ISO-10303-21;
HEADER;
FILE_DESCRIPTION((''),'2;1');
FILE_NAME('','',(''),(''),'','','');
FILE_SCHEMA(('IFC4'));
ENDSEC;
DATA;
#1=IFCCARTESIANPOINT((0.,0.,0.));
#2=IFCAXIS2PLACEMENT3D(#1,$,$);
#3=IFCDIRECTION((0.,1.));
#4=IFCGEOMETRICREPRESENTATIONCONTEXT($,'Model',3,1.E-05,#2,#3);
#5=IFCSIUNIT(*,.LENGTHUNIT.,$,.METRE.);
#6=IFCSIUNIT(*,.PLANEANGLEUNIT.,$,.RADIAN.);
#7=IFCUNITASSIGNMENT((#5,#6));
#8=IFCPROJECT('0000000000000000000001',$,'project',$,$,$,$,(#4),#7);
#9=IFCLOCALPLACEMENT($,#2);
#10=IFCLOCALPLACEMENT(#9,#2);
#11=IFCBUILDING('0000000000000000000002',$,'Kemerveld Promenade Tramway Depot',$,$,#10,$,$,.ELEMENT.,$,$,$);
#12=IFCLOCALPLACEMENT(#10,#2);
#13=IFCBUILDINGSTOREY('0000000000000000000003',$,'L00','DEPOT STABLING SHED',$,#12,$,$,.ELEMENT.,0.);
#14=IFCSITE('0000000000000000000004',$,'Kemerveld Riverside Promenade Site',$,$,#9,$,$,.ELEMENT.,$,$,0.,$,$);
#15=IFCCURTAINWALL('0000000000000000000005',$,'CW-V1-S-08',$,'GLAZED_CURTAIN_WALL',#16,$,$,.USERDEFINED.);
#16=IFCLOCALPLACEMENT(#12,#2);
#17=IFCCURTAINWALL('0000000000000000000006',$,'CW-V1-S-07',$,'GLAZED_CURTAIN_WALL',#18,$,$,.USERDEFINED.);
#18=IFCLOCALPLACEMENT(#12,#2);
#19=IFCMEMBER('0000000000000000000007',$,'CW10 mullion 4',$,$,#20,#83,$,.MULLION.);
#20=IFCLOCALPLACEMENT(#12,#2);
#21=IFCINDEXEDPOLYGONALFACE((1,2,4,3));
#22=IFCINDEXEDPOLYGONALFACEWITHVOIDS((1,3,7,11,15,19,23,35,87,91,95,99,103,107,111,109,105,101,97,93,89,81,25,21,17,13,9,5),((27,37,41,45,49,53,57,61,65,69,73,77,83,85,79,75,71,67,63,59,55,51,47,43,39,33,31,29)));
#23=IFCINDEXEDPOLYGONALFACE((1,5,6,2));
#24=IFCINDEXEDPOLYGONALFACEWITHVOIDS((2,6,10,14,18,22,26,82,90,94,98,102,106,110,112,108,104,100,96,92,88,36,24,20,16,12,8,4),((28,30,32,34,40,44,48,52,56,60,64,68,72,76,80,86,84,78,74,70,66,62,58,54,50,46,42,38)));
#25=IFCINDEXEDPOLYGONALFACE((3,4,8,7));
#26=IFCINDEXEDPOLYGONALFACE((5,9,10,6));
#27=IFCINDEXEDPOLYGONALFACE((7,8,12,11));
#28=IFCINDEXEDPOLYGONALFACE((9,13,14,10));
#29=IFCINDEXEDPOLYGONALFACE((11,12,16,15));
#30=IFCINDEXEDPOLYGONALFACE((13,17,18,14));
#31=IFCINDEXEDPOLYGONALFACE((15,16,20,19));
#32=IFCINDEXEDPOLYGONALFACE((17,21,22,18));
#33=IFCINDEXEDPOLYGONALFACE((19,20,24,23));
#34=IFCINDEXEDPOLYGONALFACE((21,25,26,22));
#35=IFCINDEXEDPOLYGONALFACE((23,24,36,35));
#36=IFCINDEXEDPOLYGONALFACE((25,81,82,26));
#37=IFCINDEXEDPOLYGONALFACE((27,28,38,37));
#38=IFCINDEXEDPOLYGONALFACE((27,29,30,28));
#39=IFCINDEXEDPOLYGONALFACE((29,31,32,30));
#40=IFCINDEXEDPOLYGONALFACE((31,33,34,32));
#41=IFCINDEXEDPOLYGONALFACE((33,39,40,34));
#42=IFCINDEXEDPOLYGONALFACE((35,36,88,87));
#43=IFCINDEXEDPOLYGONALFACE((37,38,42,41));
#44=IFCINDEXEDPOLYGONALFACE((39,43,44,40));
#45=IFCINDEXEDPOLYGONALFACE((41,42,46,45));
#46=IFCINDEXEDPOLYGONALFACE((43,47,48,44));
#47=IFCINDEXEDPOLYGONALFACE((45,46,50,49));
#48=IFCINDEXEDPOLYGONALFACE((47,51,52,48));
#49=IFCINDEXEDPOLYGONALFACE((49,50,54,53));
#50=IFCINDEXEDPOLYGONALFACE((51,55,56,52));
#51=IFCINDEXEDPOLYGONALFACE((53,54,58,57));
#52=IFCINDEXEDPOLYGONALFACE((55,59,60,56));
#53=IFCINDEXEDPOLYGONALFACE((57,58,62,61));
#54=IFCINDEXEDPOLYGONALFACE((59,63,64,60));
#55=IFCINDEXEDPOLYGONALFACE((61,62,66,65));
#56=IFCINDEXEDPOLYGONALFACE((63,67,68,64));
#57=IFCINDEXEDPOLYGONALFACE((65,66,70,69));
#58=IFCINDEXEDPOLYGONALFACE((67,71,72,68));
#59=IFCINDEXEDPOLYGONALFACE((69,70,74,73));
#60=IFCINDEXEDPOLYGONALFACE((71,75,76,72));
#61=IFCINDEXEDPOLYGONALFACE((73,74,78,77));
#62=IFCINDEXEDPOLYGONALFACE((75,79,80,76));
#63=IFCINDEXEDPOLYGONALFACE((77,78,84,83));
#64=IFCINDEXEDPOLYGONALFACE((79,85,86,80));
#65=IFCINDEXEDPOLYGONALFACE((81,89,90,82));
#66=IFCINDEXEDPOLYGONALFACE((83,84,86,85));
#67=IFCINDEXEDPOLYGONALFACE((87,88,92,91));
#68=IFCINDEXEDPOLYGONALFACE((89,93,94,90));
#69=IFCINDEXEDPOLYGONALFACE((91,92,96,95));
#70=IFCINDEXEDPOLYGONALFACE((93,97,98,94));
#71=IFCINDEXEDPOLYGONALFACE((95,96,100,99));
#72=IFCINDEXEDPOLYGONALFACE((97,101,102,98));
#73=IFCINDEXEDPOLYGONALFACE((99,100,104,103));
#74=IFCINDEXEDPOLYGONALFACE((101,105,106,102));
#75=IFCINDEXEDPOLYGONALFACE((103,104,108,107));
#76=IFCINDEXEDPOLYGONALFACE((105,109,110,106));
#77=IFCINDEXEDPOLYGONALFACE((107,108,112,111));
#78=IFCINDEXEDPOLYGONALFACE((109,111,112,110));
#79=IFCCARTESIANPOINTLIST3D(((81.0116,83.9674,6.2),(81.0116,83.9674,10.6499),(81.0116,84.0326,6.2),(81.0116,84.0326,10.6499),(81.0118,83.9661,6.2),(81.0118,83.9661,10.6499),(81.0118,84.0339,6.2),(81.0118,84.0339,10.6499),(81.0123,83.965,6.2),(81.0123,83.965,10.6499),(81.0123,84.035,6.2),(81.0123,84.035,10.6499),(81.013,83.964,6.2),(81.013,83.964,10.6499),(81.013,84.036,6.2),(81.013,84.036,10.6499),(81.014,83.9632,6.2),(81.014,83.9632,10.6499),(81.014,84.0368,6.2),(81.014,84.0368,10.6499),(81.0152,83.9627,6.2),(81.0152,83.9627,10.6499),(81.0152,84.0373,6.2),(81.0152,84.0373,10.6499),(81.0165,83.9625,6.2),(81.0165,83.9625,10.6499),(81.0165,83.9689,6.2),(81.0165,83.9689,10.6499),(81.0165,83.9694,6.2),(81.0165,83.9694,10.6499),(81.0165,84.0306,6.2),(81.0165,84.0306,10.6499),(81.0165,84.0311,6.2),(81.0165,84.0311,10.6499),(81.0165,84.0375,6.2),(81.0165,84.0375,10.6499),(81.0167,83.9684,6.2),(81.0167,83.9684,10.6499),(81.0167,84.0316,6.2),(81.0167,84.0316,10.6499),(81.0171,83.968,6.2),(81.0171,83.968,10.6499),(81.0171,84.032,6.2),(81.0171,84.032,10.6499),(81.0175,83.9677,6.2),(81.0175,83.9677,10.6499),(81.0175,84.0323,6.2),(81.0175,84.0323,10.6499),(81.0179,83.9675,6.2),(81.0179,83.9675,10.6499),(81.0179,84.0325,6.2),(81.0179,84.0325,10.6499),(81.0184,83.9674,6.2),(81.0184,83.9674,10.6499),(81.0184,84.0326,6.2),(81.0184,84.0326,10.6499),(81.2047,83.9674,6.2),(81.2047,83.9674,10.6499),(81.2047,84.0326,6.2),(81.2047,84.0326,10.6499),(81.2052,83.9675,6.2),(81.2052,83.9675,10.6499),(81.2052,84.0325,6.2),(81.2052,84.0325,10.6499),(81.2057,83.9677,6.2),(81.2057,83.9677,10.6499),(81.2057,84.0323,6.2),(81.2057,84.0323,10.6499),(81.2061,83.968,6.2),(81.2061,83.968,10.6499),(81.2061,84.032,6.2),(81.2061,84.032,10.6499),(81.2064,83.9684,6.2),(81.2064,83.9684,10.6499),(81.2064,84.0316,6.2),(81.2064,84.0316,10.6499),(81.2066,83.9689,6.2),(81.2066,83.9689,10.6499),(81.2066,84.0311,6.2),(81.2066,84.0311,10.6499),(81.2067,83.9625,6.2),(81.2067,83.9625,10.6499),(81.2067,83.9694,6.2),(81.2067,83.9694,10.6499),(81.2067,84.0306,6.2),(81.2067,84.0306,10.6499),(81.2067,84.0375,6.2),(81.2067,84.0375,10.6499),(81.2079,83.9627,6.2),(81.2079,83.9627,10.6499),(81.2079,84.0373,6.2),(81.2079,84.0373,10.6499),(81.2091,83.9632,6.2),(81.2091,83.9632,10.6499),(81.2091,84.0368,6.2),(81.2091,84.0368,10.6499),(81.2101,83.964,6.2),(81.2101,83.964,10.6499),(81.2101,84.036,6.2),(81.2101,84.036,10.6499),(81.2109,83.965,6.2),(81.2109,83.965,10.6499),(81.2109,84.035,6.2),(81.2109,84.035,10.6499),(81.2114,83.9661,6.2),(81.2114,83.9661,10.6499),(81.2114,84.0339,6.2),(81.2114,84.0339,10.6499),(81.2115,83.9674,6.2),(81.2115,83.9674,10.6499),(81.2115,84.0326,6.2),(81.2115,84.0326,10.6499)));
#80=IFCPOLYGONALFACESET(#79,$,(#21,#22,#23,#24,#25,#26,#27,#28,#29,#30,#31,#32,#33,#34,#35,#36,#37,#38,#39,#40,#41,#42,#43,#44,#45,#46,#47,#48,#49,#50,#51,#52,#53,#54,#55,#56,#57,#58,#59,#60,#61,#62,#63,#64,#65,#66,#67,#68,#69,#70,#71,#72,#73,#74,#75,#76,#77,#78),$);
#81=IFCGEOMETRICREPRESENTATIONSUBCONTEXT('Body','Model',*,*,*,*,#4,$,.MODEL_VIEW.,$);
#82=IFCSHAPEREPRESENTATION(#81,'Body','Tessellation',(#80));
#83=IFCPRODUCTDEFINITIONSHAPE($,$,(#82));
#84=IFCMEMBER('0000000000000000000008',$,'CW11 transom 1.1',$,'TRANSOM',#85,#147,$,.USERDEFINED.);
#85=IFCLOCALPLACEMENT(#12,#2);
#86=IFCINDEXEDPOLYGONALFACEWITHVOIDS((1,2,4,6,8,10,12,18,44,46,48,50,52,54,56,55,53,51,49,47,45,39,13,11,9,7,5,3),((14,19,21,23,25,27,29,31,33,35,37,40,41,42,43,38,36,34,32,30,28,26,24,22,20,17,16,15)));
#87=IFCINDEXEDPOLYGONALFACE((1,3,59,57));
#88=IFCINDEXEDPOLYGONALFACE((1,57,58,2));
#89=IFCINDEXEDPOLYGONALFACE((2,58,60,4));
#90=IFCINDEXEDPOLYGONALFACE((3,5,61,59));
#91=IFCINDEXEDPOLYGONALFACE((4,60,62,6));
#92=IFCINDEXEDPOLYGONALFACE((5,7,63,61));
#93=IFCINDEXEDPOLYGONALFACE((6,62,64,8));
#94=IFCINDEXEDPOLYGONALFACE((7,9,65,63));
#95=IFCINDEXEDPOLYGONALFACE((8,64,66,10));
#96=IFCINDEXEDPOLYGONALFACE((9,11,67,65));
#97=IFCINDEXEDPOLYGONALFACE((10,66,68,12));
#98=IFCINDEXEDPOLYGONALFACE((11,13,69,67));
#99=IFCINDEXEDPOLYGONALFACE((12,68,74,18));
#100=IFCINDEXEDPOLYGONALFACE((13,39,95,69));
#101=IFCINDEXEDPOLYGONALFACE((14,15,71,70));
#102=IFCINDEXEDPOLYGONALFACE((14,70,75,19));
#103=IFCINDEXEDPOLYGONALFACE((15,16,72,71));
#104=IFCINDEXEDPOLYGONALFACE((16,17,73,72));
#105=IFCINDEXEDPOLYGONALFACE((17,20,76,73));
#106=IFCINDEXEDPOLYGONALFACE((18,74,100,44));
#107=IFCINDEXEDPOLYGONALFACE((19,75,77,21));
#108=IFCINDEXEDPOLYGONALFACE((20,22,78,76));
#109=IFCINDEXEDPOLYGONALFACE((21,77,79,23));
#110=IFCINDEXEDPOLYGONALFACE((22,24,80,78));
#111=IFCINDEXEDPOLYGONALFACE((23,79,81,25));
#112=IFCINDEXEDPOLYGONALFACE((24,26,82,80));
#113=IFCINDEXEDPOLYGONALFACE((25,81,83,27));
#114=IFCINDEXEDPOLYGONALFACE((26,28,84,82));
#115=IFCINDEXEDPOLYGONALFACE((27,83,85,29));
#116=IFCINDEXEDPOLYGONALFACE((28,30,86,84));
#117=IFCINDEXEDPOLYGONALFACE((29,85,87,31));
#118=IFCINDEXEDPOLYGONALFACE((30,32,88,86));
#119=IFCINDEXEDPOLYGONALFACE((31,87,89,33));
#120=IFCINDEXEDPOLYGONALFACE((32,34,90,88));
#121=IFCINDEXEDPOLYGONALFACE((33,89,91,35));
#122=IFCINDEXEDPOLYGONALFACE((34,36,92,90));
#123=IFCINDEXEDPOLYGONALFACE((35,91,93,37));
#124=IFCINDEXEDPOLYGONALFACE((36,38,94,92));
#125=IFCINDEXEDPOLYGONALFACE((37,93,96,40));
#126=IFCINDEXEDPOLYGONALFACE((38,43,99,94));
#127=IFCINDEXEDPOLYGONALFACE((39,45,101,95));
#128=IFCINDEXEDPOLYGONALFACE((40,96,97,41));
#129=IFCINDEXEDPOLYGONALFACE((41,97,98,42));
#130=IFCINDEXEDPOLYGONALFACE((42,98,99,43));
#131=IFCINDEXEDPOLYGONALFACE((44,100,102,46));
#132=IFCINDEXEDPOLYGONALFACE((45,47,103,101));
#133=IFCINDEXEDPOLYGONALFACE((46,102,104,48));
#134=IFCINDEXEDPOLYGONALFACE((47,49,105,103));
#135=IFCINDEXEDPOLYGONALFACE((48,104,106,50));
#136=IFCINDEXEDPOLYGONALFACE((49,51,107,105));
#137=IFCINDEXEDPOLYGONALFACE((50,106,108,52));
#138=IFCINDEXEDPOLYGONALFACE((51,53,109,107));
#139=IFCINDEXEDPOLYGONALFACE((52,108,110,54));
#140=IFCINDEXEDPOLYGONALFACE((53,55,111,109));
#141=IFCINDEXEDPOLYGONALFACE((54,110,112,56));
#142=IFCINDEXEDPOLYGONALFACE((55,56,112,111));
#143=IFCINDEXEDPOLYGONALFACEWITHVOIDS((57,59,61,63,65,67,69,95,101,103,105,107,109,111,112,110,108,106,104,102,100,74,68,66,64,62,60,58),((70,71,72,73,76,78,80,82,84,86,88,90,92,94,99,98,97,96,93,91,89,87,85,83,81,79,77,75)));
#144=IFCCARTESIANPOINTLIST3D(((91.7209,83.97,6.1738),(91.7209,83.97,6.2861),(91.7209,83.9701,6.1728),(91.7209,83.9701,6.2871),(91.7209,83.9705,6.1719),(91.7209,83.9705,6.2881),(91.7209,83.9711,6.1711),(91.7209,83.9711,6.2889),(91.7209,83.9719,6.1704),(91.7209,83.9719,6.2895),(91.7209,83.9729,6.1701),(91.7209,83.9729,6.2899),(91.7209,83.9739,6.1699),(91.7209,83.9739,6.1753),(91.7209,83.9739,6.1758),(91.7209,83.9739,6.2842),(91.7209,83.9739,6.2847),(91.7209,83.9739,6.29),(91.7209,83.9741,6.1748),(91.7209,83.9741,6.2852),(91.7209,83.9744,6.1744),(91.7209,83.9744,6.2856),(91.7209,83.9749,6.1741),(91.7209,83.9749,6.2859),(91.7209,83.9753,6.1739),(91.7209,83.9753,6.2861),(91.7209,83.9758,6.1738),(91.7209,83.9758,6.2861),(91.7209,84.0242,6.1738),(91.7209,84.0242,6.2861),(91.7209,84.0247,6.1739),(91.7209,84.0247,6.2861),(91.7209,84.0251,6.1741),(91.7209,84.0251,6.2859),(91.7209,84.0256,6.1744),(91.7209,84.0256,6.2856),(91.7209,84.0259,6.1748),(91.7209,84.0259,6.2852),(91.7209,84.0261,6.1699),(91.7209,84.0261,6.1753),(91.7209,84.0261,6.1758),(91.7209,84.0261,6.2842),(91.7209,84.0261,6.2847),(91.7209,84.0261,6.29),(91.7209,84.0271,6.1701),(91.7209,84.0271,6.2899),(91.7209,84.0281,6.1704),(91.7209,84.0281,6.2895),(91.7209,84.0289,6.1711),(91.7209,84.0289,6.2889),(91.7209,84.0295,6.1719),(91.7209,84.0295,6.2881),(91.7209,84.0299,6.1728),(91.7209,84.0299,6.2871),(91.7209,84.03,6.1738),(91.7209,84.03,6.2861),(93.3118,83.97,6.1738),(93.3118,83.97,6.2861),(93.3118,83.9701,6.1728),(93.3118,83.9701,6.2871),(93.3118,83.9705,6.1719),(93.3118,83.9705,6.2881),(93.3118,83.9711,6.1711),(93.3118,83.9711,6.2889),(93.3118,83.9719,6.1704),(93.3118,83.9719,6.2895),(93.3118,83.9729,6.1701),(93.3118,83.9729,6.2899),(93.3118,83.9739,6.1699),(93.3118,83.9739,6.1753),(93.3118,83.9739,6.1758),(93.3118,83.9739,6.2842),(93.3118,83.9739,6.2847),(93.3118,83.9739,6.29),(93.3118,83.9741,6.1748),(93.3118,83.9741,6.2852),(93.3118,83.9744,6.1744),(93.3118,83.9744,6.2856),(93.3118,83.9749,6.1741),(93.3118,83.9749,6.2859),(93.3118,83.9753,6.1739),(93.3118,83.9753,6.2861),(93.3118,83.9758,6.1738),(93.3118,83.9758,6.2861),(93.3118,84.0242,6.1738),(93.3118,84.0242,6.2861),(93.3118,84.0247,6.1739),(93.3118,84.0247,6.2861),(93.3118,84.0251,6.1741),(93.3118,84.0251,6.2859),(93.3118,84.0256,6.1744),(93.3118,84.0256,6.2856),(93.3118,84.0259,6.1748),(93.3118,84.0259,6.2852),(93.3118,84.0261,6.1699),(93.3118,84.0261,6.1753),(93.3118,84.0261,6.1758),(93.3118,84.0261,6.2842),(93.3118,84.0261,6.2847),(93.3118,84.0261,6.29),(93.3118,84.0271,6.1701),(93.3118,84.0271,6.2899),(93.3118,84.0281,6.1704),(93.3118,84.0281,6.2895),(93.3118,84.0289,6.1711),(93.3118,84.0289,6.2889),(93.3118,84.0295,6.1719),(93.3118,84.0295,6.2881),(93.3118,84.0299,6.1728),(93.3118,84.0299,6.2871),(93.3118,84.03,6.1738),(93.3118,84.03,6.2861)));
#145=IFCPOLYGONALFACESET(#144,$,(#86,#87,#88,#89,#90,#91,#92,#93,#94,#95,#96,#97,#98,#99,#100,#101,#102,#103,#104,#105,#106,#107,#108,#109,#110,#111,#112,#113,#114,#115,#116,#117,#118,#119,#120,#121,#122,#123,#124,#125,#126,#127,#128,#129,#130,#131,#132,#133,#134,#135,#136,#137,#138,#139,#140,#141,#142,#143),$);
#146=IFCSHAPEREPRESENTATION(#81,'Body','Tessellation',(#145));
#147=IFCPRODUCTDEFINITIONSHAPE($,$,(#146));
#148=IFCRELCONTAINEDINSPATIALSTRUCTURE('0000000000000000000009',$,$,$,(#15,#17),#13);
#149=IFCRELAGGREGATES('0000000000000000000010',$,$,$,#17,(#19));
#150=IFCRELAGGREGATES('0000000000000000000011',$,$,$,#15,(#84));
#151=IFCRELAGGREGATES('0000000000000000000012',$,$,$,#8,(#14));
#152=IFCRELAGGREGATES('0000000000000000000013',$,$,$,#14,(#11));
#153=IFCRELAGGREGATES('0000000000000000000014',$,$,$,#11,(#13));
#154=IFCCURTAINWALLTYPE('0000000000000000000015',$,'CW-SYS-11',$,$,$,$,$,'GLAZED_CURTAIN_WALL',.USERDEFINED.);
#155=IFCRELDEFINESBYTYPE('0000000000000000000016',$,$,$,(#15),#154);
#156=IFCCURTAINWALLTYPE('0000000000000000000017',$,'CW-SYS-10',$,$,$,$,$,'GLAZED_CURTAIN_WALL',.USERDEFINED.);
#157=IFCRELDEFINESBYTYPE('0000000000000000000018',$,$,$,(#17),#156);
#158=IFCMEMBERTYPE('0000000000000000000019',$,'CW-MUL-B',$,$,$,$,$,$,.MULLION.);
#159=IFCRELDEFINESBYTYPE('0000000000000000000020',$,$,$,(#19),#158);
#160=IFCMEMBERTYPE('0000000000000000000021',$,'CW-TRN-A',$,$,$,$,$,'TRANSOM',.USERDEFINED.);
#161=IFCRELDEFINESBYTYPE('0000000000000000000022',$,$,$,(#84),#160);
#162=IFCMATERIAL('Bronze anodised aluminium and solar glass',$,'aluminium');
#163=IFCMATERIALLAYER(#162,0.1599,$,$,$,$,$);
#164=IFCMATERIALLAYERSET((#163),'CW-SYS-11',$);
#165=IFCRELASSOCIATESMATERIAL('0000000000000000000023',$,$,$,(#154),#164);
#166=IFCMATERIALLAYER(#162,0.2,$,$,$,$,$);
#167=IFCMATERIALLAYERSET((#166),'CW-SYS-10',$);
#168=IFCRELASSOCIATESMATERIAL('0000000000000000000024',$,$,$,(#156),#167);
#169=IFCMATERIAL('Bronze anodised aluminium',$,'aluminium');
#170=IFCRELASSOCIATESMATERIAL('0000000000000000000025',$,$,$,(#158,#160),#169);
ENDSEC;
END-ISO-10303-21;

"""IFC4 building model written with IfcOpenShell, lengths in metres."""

from ifc_helpers import new_model, si_unit, direction, frame, origin, origin_2d, place, context, subcontext, project, spatial, hollow_rectangle, extrude, material, layer, layer_set, material_profile, profile_set, type_object, element, aggregate, save


model = new_model("IFC4")

# Units and contexts
model_context = context("Model", 3, precision=1e-05, world=origin(), true_north=direction((0.0, 1.0)))
body_context = subcontext(model_context, "Body", "Model", "MODEL_VIEW")
ifc_project = project(units=[si_unit("LENGTHUNIT", "METRE"), si_unit("PLANEANGLEUNIT", "RADIAN")], contexts=[model_context])

# Site, building, storey
site_placement = place(None, origin())
site = spatial("IfcSite", under=ifc_project, at=site_placement, Name="Kemerveld Riverside Promenade Site", CompositionType="ELEMENT", RefElevation=0.0)
building_placement = place(site_placement, origin())
building = spatial("IfcBuilding", under=site, at=building_placement, Name="Kemerveld Promenade Tramway Depot", CompositionType="ELEMENT")
storey_placement = place(building_placement, origin())
storey = spatial("IfcBuildingStorey", under=building, at=storey_placement, Name="L00", Description="DEPOT STABLING SHED", CompositionType="ELEMENT", Elevation=0.0)

# Curtain walls, member
ifc_material_1 = material(Name="Bronze anodised aluminium and solar glass", Category="aluminium")
ifc_layer_1 = layer(ifc_material_1, 0.1599)
ifc_layer_set_1 = layer_set([ifc_layer_1], Name="CW-SYS-11")
curtain_wall_type_1 = type_object("IfcCurtainWallType", Name="CW-SYS-11", ElementType="GLAZED_CURTAIN_WALL", PredefinedType="USERDEFINED", material=ifc_layer_set_1)
curtain_wall_1_placement = place(storey_placement, origin())
curtain_wall_1 = element("IfcCurtainWall", 1, at=curtain_wall_1_placement, inside=storey, type_object=curtain_wall_type_1, Name="CW-V1-S-08", ObjectType="GLAZED_CURTAIN_WALL", PredefinedType="USERDEFINED")
ifc_material_2 = material(Name="Bronze anodised aluminium", Category="aluminium")
ifc_layer_2 = layer(ifc_material_1, 0.2)
ifc_layer_set_2 = layer_set([ifc_layer_2], Name="CW-SYS-10")
curtain_wall_type_2 = type_object("IfcCurtainWallType", Name="CW-SYS-10", ElementType="GLAZED_CURTAIN_WALL", PredefinedType="USERDEFINED", material=ifc_layer_set_2)
curtain_wall_2_placement = place(storey_placement, origin())
curtain_wall_2 = element("IfcCurtainWall", 2, at=curtain_wall_2_placement, inside=storey, type_object=curtain_wall_type_2, Name="CW-V1-S-07", ObjectType="GLAZED_CURTAIN_WALL", PredefinedType="USERDEFINED")
ifc_material_profile_1 = material_profile(ifc_material_2, hollow_rectangle(XDim=0.075, YDim=0.2, WallThickness=0.0049, InnerFilletRadius=0.002, OuterFilletRadius=0.0049, at=origin_2d()), Name="CW-MUL-200x75")
ifc_profile_set_1 = profile_set([ifc_material_profile_1], Name="Bronze anodised aluminium")
member_type_1 = type_object("IfcMemberType", Name="CW-MUL-B", PredefinedType="MULLION", material=ifc_profile_set_1)
member_1_placement = place(storey_placement, frame((81.1116, 84.0, 6.2), z_axis=(0.0, 0.0, 1.0), x_axis=(0.0, -1.0, 0.0)))
member_1 = element("IfcMember", 3, at=member_1_placement, type_object=member_type_1, Name="CW10 mullion 4", PredefinedType="MULLION", context=body_context, shape_type="SweptSolid", body=[
    extrude(hollow_rectangle(XDim=0.075, YDim=0.2, WallThickness=0.0049, InnerFilletRadius=0.002, OuterFilletRadius=0.0049, at=origin_2d()), origin(), (0.0, 0.0, 1.0), 4.45),
])

# Member
ifc_material_profile_2 = material_profile(ifc_material_2, hollow_rectangle(XDim=0.0601, YDim=0.1201, WallThickness=0.0039, InnerFilletRadius=0.002, OuterFilletRadius=0.0039, at=origin_2d()), Name="CW-TRN-120x60")
ifc_profile_set_2 = profile_set([ifc_material_profile_2], Name="Bronze anodised aluminium")
member_type_2 = type_object("IfcMemberType", Name="CW-TRN-A", ElementType="TRANSOM", PredefinedType="USERDEFINED", material=ifc_profile_set_2)
member_2_placement = place(storey_placement, frame((93.3118, 84.0, 6.23), z_axis=(-1.0, 0.0, 0.0), x_axis=(0.0, -1.0, 0.0)))
member_2 = element("IfcMember", 4, at=member_2_placement, type_object=member_type_2, Name="CW11 transom 1.1", ObjectType="TRANSOM", PredefinedType="USERDEFINED", context=body_context, shape_type="SweptSolid", body=[
    extrude(hollow_rectangle(XDim=0.0601, YDim=0.1201, WallThickness=0.0039, InnerFilletRadius=0.002, OuterFilletRadius=0.0039, at=origin_2d()), origin(), (0.0, 0.0, 1.0), 1.5908),
])

aggregate(curtain_wall_2, [member_1])
aggregate(curtain_wall_1, [member_2])

save(model, "model.ifc")
